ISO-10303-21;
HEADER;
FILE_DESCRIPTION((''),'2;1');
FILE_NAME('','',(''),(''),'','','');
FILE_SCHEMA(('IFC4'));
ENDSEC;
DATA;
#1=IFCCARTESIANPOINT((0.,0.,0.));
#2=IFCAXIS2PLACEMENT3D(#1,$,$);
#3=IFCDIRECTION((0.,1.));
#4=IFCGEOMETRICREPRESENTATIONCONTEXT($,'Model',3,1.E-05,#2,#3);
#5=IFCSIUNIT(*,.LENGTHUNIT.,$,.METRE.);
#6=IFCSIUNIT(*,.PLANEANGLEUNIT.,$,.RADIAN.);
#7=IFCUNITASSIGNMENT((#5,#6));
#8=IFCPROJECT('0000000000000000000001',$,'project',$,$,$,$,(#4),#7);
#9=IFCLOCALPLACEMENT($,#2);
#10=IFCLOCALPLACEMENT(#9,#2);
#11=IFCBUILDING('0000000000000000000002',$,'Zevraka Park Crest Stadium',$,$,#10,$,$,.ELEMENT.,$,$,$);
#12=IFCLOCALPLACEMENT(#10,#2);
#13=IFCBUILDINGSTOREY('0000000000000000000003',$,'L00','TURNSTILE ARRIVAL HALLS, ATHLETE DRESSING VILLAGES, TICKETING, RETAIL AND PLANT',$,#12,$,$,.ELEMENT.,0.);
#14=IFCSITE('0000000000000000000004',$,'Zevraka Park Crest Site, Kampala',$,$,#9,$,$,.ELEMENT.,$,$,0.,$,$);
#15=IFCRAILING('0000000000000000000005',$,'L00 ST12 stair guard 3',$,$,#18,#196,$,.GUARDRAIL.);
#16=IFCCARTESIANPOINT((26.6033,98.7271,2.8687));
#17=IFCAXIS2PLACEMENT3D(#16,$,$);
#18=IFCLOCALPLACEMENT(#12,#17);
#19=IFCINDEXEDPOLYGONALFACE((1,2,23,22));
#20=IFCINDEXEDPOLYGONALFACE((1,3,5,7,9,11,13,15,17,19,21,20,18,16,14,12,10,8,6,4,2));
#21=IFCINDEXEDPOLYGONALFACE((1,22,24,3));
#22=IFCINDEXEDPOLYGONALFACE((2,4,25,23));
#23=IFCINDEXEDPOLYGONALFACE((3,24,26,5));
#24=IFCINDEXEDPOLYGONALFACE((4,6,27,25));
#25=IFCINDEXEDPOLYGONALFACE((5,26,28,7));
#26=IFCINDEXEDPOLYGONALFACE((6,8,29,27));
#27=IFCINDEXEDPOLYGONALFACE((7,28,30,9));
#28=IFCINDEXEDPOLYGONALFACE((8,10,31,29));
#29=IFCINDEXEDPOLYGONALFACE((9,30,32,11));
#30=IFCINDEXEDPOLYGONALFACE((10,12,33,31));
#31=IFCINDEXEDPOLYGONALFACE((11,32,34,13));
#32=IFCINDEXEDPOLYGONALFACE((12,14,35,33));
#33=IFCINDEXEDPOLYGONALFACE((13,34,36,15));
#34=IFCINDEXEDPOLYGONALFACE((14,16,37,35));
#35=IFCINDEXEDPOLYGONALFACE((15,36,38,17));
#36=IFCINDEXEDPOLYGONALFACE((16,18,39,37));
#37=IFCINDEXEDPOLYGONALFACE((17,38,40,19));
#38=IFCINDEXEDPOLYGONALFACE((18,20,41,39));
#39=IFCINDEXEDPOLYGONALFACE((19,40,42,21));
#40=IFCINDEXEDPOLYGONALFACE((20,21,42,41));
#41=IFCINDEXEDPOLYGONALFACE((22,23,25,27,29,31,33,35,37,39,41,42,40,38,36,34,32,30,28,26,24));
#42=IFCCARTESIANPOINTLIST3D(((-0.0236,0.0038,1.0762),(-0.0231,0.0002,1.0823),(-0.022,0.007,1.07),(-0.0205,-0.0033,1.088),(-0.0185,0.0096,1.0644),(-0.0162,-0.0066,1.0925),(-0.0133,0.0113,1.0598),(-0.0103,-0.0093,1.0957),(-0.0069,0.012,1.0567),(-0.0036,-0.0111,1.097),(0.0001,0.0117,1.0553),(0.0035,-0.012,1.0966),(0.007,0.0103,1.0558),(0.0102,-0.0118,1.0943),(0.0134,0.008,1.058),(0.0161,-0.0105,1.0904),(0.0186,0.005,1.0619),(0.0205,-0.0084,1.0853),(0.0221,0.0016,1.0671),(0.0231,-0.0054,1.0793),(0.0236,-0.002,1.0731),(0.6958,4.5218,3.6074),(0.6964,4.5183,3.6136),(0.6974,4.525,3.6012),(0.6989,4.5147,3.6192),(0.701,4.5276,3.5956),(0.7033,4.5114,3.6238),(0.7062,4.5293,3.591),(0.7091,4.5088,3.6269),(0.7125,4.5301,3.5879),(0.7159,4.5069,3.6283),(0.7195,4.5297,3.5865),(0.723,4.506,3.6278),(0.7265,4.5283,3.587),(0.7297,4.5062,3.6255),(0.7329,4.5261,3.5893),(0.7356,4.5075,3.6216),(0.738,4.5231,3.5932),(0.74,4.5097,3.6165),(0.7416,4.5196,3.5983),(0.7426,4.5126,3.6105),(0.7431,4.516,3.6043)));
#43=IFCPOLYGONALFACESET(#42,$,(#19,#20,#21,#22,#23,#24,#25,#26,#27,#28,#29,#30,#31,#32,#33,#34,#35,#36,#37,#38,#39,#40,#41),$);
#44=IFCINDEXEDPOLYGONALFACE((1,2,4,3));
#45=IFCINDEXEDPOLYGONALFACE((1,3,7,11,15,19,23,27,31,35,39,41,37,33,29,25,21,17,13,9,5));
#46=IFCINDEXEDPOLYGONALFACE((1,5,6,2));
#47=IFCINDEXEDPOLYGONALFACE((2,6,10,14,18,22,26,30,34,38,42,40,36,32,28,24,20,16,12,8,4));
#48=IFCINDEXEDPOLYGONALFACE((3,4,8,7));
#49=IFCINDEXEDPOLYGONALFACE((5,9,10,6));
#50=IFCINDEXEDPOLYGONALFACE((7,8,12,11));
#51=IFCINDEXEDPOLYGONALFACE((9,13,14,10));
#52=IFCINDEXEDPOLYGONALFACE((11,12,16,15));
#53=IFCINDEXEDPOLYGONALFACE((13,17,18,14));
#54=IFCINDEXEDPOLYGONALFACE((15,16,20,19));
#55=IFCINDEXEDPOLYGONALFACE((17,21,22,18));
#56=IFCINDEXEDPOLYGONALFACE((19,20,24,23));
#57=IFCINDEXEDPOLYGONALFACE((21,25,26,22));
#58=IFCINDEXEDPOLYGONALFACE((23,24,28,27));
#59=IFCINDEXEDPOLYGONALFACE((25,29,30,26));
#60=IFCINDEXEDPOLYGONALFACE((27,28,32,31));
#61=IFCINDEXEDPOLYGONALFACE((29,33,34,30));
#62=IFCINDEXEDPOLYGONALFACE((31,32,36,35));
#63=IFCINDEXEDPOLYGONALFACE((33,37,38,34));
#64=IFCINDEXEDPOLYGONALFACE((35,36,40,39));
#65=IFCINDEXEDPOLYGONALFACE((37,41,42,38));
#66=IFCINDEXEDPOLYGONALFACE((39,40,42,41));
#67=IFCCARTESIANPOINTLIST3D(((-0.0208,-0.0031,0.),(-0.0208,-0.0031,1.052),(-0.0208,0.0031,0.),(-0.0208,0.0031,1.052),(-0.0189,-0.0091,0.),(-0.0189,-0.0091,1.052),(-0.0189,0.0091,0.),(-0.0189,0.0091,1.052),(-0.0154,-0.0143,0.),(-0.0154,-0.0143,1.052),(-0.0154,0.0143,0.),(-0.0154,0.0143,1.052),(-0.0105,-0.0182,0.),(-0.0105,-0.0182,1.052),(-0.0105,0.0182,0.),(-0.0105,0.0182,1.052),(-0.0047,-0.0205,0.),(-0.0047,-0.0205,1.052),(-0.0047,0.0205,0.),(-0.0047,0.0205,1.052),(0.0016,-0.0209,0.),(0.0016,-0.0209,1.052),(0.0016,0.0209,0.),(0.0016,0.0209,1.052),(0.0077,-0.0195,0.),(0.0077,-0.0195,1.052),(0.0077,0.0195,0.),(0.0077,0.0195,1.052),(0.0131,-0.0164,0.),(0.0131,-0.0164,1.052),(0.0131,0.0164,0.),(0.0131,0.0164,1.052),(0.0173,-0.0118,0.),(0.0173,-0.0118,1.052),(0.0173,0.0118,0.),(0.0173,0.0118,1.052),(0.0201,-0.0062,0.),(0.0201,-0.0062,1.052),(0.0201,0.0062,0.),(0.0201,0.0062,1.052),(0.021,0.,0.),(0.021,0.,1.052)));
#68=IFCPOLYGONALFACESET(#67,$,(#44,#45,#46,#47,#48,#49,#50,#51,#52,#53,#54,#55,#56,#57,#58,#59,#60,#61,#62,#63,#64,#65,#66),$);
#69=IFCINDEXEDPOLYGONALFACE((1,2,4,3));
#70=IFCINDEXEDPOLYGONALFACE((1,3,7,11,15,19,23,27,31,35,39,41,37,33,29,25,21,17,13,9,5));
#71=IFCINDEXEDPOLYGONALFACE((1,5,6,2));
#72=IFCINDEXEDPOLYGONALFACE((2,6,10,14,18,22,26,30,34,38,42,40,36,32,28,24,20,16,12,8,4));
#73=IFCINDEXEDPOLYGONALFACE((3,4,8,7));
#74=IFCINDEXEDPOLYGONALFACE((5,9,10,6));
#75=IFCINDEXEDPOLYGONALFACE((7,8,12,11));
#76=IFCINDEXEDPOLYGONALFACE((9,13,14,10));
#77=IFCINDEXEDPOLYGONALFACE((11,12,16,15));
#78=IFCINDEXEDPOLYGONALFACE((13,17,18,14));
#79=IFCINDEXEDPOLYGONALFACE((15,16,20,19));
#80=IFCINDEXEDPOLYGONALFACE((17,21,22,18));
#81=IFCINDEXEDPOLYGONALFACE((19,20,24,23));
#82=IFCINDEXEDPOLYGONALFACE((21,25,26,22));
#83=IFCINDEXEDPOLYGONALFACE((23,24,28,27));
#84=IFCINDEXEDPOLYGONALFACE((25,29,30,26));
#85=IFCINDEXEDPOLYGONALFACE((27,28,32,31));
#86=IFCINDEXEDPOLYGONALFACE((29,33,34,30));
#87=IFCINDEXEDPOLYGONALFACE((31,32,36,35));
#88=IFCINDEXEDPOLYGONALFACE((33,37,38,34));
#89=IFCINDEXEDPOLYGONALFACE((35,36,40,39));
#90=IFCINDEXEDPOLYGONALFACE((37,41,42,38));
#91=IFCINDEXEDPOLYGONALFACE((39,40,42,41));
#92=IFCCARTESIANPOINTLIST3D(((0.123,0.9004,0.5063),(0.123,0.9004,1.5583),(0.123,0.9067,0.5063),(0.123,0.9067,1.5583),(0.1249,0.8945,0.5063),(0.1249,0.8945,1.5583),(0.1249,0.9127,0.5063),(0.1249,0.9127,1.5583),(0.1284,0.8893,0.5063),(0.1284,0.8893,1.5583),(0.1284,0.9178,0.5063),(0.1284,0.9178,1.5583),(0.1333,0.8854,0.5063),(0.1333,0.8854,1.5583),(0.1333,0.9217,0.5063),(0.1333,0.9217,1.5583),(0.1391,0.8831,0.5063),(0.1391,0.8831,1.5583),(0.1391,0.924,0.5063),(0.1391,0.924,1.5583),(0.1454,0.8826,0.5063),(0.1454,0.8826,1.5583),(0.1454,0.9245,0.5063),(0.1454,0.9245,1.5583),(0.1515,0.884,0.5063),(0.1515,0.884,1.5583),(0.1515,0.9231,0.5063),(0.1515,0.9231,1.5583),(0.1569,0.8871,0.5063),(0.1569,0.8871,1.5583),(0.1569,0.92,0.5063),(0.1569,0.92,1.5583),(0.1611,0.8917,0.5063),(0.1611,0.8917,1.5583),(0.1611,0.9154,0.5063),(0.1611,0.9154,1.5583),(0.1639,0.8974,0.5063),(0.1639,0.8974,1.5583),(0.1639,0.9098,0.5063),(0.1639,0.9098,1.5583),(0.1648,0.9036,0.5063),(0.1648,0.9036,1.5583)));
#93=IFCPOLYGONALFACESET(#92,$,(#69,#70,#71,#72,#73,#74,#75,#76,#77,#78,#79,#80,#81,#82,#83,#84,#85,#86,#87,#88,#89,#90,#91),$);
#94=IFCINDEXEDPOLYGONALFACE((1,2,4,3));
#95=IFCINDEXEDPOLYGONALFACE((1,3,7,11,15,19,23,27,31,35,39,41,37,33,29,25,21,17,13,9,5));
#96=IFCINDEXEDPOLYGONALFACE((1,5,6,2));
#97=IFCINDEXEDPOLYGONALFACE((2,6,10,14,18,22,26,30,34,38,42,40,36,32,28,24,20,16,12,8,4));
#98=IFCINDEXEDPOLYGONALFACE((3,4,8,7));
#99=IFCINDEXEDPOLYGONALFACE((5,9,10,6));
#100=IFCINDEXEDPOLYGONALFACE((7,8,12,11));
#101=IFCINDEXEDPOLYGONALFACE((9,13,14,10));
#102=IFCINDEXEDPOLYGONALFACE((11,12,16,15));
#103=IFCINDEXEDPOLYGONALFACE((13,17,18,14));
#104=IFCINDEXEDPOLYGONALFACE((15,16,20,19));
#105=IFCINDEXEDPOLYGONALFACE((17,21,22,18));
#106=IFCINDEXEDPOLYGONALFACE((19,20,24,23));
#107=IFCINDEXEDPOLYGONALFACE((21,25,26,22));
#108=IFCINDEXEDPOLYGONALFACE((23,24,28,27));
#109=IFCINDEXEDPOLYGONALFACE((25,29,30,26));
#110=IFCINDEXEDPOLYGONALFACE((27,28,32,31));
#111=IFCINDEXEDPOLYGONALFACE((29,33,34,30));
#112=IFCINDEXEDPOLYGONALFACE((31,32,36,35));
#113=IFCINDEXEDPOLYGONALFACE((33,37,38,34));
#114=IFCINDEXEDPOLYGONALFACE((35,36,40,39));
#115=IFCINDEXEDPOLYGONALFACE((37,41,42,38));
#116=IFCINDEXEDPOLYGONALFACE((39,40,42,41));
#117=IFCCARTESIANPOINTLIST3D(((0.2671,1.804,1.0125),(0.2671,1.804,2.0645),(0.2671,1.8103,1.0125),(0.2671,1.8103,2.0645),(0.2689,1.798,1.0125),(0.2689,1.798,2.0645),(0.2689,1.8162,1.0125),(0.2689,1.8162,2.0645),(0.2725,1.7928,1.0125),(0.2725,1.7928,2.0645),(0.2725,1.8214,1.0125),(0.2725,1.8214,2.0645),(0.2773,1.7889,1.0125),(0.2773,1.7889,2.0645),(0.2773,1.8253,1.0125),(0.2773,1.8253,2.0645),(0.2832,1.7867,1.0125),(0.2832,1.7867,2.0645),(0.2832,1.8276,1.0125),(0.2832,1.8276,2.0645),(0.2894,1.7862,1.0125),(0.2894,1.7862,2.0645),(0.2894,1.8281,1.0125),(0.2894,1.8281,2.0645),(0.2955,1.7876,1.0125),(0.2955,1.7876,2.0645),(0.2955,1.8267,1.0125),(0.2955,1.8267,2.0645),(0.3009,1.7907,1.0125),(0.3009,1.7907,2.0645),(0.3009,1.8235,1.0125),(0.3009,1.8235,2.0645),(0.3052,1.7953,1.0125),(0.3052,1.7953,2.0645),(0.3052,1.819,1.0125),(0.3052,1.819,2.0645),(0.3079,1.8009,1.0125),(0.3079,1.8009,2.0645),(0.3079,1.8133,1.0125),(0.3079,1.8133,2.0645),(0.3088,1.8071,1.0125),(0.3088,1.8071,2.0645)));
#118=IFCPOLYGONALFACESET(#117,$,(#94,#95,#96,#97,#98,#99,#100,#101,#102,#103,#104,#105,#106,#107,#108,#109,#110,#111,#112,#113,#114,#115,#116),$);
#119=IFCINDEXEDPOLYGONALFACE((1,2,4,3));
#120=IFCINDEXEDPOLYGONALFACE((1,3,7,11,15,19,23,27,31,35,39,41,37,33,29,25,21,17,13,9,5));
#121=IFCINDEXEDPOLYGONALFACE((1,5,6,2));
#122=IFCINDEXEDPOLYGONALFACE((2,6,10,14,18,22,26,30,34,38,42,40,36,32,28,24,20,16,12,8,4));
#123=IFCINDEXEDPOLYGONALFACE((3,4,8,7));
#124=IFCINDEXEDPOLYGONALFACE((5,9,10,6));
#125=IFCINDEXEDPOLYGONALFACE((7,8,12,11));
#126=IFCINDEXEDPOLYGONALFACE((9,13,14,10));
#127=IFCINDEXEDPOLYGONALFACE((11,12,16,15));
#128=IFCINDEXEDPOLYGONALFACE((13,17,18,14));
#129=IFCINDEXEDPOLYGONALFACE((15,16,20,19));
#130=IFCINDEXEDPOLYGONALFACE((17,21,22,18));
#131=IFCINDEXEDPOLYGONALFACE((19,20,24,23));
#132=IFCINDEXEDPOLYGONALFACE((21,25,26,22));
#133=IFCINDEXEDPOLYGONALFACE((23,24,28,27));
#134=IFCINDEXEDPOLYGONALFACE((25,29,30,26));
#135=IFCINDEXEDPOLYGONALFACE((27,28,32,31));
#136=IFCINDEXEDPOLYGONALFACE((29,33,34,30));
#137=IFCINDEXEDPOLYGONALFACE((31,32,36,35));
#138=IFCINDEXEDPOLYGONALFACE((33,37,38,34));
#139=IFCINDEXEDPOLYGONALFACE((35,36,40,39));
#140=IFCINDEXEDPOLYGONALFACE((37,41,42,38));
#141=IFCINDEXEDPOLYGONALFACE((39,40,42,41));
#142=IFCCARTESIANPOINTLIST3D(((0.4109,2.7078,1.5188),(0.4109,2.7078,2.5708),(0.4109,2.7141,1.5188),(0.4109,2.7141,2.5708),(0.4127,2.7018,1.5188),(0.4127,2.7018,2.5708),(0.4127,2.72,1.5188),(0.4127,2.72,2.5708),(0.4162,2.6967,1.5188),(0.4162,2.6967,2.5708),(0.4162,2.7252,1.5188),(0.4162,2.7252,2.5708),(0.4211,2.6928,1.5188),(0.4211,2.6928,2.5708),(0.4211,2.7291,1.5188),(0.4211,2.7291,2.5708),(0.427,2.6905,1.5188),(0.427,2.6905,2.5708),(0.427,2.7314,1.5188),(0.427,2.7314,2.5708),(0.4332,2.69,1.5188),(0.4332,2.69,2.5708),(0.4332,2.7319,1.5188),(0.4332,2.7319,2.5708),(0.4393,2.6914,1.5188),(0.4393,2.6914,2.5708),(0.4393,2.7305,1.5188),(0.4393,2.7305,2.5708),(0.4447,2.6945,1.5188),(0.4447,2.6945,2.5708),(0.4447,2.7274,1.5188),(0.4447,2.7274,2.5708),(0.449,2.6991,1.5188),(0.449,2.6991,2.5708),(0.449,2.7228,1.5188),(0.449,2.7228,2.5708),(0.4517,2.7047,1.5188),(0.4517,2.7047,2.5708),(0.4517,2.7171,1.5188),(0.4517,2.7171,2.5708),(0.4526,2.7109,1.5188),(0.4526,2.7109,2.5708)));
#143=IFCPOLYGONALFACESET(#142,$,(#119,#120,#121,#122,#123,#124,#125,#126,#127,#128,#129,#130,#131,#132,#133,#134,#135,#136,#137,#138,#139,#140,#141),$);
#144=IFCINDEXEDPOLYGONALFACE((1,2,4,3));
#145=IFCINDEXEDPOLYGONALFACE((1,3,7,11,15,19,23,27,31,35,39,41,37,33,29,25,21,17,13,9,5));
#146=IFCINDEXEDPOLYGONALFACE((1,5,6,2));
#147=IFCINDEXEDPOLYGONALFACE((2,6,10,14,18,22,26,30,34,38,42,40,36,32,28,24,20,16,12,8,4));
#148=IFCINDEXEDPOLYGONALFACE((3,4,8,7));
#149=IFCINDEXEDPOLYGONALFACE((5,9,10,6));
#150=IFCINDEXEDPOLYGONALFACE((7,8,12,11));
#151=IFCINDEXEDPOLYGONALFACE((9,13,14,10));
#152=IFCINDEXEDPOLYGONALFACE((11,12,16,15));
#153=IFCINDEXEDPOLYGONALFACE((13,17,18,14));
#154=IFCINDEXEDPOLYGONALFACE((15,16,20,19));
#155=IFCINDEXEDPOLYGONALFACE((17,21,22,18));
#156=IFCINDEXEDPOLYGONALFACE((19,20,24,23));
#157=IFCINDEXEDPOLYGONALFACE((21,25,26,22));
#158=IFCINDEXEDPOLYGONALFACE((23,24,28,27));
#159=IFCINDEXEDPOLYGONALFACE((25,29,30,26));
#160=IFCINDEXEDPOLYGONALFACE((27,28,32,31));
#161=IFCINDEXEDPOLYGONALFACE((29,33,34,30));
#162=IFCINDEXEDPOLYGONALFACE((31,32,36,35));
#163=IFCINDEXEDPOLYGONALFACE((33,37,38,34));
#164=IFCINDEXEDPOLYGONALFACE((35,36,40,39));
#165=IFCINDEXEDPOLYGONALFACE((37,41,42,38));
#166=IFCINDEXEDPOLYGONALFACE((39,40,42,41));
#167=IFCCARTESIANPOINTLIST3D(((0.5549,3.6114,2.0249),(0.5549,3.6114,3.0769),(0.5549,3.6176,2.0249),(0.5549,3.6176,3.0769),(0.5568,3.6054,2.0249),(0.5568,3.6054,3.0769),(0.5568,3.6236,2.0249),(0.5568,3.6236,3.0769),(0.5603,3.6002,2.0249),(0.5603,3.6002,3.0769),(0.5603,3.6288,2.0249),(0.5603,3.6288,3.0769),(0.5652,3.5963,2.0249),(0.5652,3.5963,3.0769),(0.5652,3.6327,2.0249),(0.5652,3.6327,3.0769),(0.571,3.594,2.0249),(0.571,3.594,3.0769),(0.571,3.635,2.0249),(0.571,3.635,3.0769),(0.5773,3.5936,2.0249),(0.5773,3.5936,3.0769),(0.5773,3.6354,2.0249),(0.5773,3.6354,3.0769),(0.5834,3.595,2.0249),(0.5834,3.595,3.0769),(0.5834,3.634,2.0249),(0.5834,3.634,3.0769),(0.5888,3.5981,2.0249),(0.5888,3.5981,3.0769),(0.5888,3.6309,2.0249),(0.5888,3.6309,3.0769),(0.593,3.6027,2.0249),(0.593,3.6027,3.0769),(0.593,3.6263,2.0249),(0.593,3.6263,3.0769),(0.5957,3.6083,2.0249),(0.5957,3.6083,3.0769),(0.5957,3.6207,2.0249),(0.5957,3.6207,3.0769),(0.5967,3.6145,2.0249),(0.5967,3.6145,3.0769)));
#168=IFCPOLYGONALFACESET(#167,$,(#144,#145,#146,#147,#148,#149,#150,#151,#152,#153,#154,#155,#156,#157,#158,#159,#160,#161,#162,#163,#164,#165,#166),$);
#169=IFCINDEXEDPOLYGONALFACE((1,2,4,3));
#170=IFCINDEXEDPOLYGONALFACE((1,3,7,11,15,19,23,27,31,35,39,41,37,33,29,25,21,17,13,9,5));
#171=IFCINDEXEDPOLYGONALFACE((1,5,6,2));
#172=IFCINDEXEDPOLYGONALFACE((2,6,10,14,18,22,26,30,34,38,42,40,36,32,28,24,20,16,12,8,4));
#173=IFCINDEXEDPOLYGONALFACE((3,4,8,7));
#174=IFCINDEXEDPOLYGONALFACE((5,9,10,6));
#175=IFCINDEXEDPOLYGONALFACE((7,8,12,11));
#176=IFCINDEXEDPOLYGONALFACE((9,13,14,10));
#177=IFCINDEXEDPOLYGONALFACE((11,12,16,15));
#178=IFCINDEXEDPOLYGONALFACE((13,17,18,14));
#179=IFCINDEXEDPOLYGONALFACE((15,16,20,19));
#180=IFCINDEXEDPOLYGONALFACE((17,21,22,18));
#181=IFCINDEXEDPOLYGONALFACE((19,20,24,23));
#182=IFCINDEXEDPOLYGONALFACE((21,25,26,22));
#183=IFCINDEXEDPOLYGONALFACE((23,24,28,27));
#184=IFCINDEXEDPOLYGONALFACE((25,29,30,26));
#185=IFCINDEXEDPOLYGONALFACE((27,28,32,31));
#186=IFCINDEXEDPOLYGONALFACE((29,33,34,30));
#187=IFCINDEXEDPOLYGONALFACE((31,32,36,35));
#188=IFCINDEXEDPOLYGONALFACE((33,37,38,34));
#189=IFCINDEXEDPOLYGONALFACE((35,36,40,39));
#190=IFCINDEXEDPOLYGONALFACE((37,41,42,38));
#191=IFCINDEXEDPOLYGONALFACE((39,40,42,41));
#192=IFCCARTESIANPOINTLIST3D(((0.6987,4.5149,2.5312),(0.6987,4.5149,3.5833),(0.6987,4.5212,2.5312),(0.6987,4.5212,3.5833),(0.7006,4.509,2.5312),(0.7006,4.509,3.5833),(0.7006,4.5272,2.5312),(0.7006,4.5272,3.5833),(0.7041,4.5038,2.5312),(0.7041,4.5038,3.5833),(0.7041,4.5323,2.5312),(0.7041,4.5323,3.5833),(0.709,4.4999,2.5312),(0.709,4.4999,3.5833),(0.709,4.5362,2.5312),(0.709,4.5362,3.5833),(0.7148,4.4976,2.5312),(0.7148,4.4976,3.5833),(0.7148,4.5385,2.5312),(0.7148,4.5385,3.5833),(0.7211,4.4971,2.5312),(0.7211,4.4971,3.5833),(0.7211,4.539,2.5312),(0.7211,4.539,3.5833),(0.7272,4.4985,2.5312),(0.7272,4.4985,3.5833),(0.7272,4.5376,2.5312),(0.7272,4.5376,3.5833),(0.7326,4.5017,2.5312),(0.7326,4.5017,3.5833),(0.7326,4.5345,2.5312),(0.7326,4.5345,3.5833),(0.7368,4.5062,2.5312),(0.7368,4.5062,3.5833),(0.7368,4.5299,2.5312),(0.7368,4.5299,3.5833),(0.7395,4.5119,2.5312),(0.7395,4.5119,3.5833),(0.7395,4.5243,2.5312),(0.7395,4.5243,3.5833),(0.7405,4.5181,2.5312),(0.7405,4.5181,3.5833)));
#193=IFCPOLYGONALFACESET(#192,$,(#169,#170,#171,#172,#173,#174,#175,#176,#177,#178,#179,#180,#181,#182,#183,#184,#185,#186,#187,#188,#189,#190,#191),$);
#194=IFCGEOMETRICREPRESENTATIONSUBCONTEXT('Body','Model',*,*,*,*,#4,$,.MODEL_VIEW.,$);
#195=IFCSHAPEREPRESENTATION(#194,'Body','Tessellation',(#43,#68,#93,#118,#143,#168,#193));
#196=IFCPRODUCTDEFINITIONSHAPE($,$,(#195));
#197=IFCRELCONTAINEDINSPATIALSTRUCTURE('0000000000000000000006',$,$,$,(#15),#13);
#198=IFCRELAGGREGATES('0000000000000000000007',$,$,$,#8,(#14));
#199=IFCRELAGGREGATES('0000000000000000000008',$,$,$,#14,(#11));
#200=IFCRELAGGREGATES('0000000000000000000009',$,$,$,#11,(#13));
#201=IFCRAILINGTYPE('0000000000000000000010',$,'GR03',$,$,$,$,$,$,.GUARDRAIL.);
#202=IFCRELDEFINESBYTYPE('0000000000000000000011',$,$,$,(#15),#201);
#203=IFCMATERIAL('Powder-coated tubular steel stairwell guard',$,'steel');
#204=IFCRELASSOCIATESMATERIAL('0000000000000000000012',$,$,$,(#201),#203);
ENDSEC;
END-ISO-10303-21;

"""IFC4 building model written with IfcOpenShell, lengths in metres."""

from ifc_helpers import new_model, si_unit, direction, frame, origin, origin_2d, place, context, subcontext, project, spatial, circle, extrude, material, type_object, element, save


model = new_model("IFC4")

# Units and contexts
model_context = context("Model", 3, precision=1e-05, world=origin(), true_north=direction((0.0, 1.0)))
body_context = subcontext(model_context, "Body", "Model", "MODEL_VIEW")
ifc_project = project(units=[si_unit("LENGTHUNIT", "METRE"), si_unit("PLANEANGLEUNIT", "RADIAN")], contexts=[model_context])

# Site, building, storey
site_placement = place(None, origin())
site = spatial("IfcSite", under=ifc_project, at=site_placement, Name="Zevraka Park Crest Site, Kampala", CompositionType="ELEMENT", RefElevation=0.0)
building_placement = place(site_placement, origin())
building = spatial("IfcBuilding", under=site, at=building_placement, Name="Zevraka Park Crest Stadium", CompositionType="ELEMENT")
storey_placement = place(building_placement, origin())
storey = spatial("IfcBuildingStorey", under=building, at=storey_placement, Name="L00", Description="TURNSTILE ARRIVAL HALLS, ATHLETE DRESSING VILLAGES, TICKETING, RETAIL AND PLANT", CompositionType="ELEMENT", Elevation=0.0)

# Railing
ifc_material_1 = material(Name="Powder-coated tubular steel stairwell guard", Category="steel")
railing_type_1 = type_object("IfcRailingType", Name="GR03", PredefinedType="GUARDRAIL", material=ifc_material_1)
railing_1_placement = place(storey_placement, frame((26.6033, 98.7271, 2.8687)))
element("IfcRailing", 1, at=railing_1_placement, inside=storey, type_object=railing_type_1, Name="L00 ST12 stair guard 3", PredefinedType="GUARDRAIL", context=body_context, shape_type="SweptSolid", body=[
    extrude(circle(Radius=0.0239, at=origin_2d()), frame((0.0, 0.0, 1.0762), z_axis=(0.137606, 0.864113, 0.48412), x_axis=(-0.987557, 0.157264, 0.0)), (0.0, 0.0, 1.0), 5.2285),
    extrude(circle(Radius=0.021, at=origin_2d()), origin(), (0.0, 0.0, 1.0), 1.052),
    extrude(circle(Radius=0.021, at=origin_2d()), frame((0.1438, 0.9036, 0.5063)), (0.0, 0.0, 1.0), 1.052),
    extrude(circle(Radius=0.021, at=origin_2d()), frame((0.2878, 1.8071, 1.0125)), (0.0, 0.0, 1.0), 1.052),
    extrude(circle(Radius=0.021, at=origin_2d()), frame((0.4316, 2.7109, 1.5188)), (0.0, 0.0, 1.0), 1.052),
    extrude(circle(Radius=0.021, at=origin_2d()), frame((0.5757, 3.6145, 2.0249)), (0.0, 0.0, 1.0), 1.052),
    extrude(circle(Radius=0.021, at=origin_2d()), frame((0.7195, 4.5181, 2.5312)), (0.0, 0.0, 1.0), 1.052),
])

save(model, "model.ifc")
